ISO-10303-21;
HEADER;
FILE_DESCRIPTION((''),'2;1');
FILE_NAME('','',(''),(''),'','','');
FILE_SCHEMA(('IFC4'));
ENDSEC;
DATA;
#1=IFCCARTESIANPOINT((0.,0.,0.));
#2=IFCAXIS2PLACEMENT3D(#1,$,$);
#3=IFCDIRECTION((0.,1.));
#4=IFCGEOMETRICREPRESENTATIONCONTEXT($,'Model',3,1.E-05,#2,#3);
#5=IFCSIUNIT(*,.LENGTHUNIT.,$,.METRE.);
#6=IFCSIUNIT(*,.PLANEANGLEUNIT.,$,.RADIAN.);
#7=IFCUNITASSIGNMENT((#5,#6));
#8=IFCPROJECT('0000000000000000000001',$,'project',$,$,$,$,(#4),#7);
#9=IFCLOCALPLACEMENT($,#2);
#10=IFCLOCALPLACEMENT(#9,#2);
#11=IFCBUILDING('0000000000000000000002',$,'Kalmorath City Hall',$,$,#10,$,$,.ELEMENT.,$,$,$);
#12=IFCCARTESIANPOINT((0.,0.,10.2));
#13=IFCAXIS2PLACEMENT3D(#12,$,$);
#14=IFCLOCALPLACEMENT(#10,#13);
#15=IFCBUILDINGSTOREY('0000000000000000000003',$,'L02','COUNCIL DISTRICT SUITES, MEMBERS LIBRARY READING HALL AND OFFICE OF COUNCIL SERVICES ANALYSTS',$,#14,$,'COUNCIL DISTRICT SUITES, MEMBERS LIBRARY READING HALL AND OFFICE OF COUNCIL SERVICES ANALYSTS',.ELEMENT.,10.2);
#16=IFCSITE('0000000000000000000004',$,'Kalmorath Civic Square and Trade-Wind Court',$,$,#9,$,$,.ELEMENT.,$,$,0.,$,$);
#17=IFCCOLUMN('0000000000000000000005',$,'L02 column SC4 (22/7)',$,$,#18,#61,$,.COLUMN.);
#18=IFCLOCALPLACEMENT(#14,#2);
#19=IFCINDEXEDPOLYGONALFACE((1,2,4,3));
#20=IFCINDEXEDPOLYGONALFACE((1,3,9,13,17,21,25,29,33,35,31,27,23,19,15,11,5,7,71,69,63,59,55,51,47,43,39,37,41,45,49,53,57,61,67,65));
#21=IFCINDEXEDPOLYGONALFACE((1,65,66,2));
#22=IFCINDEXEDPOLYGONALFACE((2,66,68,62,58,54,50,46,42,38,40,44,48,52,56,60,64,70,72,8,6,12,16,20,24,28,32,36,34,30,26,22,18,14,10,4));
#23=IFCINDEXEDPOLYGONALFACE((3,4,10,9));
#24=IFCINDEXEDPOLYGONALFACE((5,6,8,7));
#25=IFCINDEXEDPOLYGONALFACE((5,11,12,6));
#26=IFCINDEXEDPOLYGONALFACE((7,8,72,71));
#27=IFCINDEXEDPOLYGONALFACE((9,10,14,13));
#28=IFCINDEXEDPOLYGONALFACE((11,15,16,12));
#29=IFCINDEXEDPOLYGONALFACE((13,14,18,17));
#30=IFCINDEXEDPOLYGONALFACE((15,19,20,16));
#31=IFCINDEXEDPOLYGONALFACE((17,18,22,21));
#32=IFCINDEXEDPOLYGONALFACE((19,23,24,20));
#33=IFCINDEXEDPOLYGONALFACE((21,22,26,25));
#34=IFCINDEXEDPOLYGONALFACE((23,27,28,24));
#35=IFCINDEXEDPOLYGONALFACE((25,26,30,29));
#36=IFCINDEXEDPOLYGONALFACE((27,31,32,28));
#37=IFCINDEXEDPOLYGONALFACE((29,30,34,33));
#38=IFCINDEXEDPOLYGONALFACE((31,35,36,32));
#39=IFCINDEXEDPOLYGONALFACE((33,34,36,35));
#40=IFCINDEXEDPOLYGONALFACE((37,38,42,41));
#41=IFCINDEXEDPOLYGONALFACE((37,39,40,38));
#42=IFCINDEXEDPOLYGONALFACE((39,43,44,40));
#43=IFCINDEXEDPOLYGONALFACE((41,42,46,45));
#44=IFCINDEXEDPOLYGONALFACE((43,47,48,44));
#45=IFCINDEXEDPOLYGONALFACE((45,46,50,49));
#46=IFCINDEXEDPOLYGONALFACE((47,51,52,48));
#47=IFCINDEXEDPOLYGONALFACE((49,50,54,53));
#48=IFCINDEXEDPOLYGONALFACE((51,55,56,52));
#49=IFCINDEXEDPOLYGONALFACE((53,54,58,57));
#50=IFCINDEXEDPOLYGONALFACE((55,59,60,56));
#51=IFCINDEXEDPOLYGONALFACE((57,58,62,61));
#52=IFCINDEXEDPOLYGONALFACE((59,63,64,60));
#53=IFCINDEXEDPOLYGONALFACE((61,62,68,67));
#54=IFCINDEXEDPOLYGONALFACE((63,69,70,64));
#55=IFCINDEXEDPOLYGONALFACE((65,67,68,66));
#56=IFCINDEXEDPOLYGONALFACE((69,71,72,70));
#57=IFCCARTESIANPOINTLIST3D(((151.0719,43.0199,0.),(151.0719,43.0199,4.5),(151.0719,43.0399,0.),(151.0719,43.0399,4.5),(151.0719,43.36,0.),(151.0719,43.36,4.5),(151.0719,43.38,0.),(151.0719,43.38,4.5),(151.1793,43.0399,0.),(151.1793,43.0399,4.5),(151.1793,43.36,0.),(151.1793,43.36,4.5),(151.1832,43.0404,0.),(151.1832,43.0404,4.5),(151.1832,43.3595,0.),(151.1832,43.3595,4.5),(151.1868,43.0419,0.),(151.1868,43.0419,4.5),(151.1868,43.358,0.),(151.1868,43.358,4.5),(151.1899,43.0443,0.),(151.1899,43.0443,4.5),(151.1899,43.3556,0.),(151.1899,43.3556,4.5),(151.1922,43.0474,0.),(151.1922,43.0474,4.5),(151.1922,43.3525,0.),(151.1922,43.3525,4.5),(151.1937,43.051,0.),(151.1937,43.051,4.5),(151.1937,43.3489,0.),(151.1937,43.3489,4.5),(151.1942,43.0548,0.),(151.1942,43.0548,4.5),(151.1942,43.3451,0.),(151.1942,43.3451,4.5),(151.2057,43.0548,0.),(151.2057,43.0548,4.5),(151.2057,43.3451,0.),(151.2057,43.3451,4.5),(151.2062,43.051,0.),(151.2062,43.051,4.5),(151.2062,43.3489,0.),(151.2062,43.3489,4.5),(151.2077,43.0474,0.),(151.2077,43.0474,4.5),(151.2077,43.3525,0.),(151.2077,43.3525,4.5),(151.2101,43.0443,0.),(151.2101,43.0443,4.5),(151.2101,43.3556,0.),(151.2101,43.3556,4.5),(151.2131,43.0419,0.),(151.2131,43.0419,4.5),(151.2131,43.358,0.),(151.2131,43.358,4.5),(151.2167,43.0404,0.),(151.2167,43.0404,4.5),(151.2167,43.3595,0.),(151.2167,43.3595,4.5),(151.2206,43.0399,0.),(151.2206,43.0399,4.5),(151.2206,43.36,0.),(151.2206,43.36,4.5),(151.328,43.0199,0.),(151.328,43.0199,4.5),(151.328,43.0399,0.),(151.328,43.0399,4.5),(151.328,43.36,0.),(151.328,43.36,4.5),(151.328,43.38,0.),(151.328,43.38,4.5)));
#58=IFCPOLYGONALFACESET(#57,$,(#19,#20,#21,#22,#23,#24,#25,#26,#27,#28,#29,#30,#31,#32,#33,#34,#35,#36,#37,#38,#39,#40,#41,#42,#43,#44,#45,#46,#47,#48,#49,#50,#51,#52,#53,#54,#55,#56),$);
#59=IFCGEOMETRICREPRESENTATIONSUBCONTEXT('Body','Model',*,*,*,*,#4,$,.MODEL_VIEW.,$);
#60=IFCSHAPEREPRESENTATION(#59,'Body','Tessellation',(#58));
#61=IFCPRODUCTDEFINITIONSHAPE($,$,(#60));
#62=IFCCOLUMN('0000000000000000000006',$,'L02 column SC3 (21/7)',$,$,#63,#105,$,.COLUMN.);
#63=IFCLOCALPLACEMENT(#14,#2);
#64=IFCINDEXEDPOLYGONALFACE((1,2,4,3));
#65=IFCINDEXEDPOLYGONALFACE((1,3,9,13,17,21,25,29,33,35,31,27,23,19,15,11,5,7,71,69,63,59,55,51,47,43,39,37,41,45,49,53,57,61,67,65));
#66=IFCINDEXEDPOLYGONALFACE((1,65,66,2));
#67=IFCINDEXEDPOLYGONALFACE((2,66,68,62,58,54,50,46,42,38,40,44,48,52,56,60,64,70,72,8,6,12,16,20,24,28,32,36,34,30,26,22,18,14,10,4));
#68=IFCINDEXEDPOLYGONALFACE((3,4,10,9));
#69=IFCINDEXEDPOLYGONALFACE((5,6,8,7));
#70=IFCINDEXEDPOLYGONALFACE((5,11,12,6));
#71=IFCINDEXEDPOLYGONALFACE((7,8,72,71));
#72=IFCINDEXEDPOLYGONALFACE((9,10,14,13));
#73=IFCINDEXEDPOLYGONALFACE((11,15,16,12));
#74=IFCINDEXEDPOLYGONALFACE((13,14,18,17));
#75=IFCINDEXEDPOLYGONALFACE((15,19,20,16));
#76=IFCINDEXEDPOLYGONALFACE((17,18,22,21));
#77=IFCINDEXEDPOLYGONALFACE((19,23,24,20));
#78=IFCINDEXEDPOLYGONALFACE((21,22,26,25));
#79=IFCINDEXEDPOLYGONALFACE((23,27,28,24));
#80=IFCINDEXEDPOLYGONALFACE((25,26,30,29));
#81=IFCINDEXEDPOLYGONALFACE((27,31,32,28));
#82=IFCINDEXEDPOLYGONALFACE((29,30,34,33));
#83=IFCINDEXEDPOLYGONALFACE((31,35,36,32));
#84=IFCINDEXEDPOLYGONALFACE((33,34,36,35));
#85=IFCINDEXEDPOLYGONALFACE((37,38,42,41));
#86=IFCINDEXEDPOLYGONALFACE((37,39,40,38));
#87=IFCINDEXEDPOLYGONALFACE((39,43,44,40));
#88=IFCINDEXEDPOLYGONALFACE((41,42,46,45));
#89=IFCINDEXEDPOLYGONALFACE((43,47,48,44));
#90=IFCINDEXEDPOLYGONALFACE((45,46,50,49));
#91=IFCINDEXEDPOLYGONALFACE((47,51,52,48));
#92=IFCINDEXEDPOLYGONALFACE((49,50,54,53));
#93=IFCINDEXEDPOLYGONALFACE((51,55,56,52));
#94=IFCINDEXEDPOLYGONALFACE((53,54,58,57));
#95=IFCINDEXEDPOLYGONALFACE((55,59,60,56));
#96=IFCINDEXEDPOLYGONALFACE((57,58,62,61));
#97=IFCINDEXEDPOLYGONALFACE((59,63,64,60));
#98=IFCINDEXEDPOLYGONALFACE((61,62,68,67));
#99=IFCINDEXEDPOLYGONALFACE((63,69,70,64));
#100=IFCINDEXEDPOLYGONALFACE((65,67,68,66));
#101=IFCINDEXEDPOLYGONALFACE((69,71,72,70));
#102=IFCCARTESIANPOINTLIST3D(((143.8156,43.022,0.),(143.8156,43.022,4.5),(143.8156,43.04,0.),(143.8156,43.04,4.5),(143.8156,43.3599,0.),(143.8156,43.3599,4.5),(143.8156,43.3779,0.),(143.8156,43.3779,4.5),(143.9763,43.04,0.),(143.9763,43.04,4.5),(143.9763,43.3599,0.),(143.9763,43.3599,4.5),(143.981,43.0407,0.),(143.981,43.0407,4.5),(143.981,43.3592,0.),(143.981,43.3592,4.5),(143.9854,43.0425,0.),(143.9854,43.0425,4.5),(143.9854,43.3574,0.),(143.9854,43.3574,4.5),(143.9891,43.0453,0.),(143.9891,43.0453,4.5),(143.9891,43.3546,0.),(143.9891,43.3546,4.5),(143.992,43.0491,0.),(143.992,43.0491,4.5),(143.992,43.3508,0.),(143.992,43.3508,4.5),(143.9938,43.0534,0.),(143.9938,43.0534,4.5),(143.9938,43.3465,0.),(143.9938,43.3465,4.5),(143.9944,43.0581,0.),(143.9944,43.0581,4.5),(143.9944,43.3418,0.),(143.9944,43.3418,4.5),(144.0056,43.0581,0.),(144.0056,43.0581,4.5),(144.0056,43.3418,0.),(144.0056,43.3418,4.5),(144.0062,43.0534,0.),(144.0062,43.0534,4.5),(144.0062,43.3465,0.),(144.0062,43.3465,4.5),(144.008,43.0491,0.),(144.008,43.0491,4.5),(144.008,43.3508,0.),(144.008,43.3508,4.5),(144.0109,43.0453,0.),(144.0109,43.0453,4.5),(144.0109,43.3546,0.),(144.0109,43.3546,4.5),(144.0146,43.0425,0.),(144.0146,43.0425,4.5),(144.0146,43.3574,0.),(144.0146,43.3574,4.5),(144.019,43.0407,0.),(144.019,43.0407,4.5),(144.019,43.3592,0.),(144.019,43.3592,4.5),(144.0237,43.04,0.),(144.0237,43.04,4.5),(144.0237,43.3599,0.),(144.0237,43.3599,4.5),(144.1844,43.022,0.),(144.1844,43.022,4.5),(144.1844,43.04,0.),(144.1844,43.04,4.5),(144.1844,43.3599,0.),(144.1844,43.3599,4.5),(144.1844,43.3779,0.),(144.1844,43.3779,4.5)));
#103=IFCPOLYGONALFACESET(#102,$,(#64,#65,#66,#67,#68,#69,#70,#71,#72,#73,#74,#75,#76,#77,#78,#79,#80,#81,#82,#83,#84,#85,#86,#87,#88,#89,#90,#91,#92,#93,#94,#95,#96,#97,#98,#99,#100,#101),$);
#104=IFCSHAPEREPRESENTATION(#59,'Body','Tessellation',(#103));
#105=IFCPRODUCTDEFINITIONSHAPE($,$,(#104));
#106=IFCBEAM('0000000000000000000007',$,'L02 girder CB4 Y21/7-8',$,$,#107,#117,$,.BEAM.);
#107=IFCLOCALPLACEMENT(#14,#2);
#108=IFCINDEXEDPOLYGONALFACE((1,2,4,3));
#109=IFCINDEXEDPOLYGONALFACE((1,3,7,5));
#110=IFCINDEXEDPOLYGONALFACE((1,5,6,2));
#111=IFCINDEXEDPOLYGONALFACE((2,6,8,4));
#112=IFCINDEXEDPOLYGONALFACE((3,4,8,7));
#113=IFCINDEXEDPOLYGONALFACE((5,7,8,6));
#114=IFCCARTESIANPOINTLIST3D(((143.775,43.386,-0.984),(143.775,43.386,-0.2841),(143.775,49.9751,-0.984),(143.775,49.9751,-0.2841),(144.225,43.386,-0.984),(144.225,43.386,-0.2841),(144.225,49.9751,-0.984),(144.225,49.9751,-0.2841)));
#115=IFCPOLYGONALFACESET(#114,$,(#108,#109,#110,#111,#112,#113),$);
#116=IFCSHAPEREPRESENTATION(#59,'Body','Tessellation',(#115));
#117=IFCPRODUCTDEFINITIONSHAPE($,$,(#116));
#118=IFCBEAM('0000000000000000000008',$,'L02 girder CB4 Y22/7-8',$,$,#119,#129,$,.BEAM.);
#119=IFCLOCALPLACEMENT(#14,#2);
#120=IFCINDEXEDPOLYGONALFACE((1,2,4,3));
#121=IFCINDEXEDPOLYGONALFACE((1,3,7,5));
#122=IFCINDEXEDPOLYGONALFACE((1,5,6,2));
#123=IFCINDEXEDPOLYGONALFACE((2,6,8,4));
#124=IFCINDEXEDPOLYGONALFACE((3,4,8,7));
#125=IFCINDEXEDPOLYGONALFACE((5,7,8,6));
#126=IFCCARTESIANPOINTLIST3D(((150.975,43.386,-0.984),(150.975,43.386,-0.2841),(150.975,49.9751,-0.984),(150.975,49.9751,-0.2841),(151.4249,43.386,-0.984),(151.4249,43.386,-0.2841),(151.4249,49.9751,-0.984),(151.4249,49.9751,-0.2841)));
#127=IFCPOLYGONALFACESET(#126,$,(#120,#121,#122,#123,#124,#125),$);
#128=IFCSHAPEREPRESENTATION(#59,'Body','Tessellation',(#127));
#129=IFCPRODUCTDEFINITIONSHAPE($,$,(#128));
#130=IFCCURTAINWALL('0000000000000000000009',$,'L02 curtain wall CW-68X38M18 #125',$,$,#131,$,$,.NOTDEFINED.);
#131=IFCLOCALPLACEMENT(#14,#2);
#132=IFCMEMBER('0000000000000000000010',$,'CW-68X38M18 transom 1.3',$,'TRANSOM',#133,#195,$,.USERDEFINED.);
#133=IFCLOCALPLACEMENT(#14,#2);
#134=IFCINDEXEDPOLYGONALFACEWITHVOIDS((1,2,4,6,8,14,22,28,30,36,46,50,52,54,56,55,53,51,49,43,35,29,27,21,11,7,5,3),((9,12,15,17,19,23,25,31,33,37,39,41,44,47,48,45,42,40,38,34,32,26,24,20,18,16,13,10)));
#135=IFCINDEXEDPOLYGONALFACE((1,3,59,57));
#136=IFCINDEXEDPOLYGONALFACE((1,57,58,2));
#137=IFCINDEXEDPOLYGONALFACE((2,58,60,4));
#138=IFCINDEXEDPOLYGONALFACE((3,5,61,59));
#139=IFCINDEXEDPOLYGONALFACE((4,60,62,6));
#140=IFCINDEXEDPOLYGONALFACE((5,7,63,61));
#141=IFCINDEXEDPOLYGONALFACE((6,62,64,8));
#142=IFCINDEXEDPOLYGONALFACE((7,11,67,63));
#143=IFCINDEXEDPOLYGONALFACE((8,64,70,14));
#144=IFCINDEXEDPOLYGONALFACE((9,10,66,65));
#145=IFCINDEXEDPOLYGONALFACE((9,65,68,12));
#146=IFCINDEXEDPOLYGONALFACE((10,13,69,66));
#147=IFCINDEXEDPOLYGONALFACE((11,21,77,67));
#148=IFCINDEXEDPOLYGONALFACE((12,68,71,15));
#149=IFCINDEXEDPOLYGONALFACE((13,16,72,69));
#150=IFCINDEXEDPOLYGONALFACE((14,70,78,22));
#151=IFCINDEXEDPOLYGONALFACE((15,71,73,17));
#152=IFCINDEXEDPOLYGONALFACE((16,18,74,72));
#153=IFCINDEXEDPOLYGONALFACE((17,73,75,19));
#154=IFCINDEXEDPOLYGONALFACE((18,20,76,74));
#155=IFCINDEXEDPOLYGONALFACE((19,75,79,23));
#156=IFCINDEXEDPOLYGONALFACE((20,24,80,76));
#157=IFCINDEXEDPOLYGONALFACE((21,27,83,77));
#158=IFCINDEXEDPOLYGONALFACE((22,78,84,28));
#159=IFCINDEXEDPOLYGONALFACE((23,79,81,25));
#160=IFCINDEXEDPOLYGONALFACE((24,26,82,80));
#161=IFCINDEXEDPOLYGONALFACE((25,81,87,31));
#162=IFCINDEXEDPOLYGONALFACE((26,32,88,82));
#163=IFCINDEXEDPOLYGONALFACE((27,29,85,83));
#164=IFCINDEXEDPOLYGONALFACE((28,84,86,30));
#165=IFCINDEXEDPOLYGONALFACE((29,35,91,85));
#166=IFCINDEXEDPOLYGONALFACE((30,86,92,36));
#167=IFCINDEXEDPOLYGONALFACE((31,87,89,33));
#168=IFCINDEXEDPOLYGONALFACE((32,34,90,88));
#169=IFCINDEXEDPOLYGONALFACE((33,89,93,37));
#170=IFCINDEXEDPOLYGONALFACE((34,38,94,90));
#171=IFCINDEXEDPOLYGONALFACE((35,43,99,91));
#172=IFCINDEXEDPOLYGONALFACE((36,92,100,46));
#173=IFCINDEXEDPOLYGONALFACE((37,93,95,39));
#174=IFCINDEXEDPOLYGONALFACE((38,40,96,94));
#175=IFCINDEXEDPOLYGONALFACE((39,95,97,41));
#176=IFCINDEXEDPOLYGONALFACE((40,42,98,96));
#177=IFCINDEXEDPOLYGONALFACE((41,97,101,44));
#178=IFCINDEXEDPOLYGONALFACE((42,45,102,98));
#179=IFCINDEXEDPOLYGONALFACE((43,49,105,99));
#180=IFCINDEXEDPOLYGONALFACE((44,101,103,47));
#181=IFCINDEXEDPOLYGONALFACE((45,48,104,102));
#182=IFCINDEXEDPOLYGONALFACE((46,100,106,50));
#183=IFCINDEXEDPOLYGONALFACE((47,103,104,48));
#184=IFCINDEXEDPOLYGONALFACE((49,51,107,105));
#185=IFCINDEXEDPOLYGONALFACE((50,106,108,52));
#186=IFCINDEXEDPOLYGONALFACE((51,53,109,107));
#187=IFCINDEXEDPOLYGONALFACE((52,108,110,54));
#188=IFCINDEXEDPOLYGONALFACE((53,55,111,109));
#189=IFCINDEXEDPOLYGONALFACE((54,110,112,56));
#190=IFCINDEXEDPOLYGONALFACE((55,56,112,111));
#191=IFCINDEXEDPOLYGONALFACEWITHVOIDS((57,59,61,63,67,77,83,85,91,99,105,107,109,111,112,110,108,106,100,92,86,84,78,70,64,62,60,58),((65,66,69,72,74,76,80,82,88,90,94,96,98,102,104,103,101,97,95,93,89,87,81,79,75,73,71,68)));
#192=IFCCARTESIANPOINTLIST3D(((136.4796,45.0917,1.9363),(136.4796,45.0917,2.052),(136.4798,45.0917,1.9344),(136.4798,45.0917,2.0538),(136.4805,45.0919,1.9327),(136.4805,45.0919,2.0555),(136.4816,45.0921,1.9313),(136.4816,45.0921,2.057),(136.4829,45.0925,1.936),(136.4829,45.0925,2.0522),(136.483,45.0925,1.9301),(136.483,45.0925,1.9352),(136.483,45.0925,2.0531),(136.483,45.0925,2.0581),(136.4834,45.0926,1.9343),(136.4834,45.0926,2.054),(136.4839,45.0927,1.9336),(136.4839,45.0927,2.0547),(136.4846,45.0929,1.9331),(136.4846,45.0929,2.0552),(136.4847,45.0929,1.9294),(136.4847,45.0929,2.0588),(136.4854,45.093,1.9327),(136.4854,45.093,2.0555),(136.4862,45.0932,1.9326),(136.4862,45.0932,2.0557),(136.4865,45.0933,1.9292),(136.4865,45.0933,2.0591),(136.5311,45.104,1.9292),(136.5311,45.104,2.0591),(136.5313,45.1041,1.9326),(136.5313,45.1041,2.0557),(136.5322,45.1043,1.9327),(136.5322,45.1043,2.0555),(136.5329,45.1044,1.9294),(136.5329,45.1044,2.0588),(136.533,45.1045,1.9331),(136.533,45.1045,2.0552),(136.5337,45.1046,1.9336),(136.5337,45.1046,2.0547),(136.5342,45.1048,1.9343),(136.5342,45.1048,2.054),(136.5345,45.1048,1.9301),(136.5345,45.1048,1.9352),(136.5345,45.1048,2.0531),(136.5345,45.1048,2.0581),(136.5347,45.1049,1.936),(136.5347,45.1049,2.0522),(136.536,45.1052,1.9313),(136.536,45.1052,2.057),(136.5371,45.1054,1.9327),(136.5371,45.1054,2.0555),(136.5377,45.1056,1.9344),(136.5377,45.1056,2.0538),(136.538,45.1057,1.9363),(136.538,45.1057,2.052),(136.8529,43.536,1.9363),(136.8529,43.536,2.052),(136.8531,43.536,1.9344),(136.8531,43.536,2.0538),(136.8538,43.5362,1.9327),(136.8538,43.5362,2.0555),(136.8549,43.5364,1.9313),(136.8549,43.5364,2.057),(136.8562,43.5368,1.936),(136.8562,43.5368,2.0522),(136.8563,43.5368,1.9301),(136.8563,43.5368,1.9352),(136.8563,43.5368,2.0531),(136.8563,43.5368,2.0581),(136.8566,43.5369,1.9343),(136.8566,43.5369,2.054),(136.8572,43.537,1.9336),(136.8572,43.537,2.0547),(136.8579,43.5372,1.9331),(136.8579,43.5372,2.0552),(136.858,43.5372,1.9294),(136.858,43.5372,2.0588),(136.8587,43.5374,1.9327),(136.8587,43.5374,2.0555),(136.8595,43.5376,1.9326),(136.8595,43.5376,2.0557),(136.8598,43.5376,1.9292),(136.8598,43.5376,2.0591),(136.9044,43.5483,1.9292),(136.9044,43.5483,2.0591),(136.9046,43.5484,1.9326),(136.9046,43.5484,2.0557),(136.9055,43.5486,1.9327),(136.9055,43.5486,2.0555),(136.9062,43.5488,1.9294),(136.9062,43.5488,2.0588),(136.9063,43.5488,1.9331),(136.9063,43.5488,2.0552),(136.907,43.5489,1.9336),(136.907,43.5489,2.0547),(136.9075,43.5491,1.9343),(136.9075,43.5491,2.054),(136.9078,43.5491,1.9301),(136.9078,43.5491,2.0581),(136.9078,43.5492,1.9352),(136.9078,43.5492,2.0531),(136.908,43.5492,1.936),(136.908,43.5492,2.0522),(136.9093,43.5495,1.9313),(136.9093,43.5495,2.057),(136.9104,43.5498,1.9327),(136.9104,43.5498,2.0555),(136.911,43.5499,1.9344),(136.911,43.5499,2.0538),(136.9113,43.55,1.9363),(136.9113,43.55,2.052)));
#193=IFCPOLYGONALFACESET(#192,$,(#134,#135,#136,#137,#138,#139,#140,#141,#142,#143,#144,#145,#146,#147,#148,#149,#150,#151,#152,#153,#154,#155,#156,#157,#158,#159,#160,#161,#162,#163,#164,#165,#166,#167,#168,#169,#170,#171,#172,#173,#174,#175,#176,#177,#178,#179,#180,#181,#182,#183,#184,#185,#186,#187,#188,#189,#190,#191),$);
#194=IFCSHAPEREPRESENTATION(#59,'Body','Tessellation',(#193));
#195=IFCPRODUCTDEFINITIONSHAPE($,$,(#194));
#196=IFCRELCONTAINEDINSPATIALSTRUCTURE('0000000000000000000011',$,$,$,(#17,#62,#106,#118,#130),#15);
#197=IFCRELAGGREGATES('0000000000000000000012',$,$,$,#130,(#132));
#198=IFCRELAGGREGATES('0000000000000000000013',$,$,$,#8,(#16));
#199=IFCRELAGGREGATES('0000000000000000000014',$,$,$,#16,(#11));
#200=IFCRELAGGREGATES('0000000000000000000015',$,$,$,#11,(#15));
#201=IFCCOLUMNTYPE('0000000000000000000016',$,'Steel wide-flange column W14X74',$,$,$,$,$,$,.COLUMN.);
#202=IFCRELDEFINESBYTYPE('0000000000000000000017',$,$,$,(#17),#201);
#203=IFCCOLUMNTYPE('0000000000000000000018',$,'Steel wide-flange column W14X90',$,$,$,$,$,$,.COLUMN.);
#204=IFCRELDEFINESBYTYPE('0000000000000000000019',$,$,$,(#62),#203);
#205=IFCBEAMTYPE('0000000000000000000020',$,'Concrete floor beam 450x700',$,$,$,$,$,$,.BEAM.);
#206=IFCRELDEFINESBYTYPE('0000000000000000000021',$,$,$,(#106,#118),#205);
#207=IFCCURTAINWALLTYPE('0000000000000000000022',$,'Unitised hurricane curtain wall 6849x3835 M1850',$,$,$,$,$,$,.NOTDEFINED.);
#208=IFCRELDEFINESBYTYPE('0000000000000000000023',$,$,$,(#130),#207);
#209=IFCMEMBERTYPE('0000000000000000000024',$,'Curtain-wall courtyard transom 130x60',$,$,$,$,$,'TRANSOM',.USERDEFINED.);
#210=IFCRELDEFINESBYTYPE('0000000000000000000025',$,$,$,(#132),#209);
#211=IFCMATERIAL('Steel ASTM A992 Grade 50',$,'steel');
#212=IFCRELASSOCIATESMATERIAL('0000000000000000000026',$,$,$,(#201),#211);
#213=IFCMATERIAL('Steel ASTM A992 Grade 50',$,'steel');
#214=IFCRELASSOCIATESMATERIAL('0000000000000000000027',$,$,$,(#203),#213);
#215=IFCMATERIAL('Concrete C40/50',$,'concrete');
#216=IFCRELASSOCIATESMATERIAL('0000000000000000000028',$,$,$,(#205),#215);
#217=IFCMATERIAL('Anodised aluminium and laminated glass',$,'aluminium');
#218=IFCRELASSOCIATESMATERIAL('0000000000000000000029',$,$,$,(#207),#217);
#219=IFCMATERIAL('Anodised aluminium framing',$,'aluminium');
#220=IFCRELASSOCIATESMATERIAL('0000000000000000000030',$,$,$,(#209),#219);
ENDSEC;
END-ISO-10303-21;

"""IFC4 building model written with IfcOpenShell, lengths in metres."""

from ifc_helpers import new_model, si_unit, direction, frame, origin, origin_2d, place, context, subcontext, project, spatial, rectangle, hollow_rectangle, i_section, extrude, material, material_profile, profile_set, type_object, element, aggregate, save


model = new_model("IFC4")

# Units and contexts
model_context = context("Model", 3, precision=1e-05, world=origin(), true_north=direction((0.0, 1.0)))
body_context = subcontext(model_context, "Body", "Model", "MODEL_VIEW")
ifc_project = project(units=[si_unit("LENGTHUNIT", "METRE"), si_unit("PLANEANGLEUNIT", "RADIAN")], contexts=[model_context])

# Site, building, storey
site_placement = place(None, origin())
site = spatial("IfcSite", under=ifc_project, at=site_placement, Name="Kalmorath Civic Square and Trade-Wind Court", CompositionType="ELEMENT", RefElevation=0.0)
building_placement = place(site_placement, origin())
building = spatial("IfcBuilding", under=site, at=building_placement, Name="Kalmorath City Hall", CompositionType="ELEMENT")
storey_placement = place(building_placement, frame((0.0, 0.0, 10.2)))
storey = spatial("IfcBuildingStorey", under=building, at=storey_placement, Name="L02", Description="COUNCIL DISTRICT SUITES, MEMBERS LIBRARY READING HALL AND OFFICE OF COUNCIL SERVICES ANALYSTS", LongName="COUNCIL DISTRICT SUITES, MEMBERS LIBRARY READING HALL AND OFFICE OF COUNCIL SERVICES ANALYSTS", CompositionType="ELEMENT", Elevation=10.2)

# Columns
ifc_material_1 = material(Name="Steel ASTM A992 Grade 50", Category="steel")
ifc_material_profile_1 = material_profile(ifc_material_1, i_section(OverallWidth=0.2561, OverallDepth=0.3601, WebThickness=0.0115, FlangeThickness=0.02, FilletRadius=0.0149, at=origin_2d()), Name="W14X74")
ifc_profile_set_1 = profile_set([ifc_material_profile_1], Name="Steel ASTM A992 Grade 50")
column_type_1 = type_object("IfcColumnType", Name="Steel wide-flange column W14X74", PredefinedType="COLUMN", material=ifc_profile_set_1)
column_1_placement = place(storey_placement, frame((151.2, 43.2, 0.0), z_axis=(0.0, 0.0, 1.0), x_axis=(1.0, 0.0, 0.0)))
element("IfcColumn", 1, at=column_1_placement, inside=storey, type_object=column_type_1, Name="L02 column SC4 (22/7)", PredefinedType="COLUMN", context=body_context, shape_type="SweptSolid", body=[
    extrude(i_section(OverallWidth=0.2561, OverallDepth=0.3601, WebThickness=0.0115, FlangeThickness=0.02, FilletRadius=0.0149, at=origin_2d()), origin(), (0.0, 0.0, 1.0), 4.5),
])
ifc_material_2 = material(Name="Steel ASTM A992 Grade 50", Category="steel")
ifc_material_profile_2 = material_profile(ifc_material_2, i_section(OverallWidth=0.3689, OverallDepth=0.356, WebThickness=0.0112, FlangeThickness=0.0181, FilletRadius=0.0181, at=origin_2d()), Name="W14X90")
ifc_profile_set_2 = profile_set([ifc_material_profile_2], Name="Steel ASTM A992 Grade 50")
column_type_2 = type_object("IfcColumnType", Name="Steel wide-flange column W14X90", PredefinedType="COLUMN", material=ifc_profile_set_2)
column_2_placement = place(storey_placement, frame((144.0, 43.2, 0.0), z_axis=(0.0, 0.0, 1.0), x_axis=(1.0, 0.0, 0.0)))
element("IfcColumn", 2, at=column_2_placement, inside=storey, type_object=column_type_2, Name="L02 column SC3 (21/7)", PredefinedType="COLUMN", context=body_context, shape_type="SweptSolid", body=[
    extrude(i_section(OverallWidth=0.3689, OverallDepth=0.356, WebThickness=0.0112, FlangeThickness=0.0181, FilletRadius=0.0181, at=origin_2d()), origin(), (0.0, 0.0, 1.0), 4.5),
])

# Beams
ifc_material_3 = material(Name="Concrete C40/50", Category="concrete")
ifc_material_profile_3 = material_profile(ifc_material_3, rectangle(XDim=0.45, YDim=0.7, at=origin_2d()), Name="RC-BM-450X700")
ifc_profile_set_3 = profile_set([ifc_material_profile_3], Name="Concrete C40/50")
beam_type_1 = type_object("IfcBeamType", Name="Concrete floor beam 450x700", PredefinedType="BEAM", material=ifc_profile_set_3)
for number, where, z_axis, x_axis, name in (
    (3, (144.0, 43.386, -0.634), (0.0, 1.0, 0.0), (-1.0, 0.0, 0.0), "L02 girder CB4 Y21/7-8"),
    (4, (151.2, 43.386, -0.634), (0.0, 1.0, 0.0), (-1.0, 0.0, 0.0), "L02 girder CB4 Y22/7-8"),
):
    element("IfcBeam", number, at=place(storey_placement, frame(where, z_axis=z_axis, x_axis=x_axis)), inside=storey, type_object=beam_type_1, Name=name, PredefinedType="BEAM", context=body_context, shape_type="SweptSolid", body=[
        extrude(rectangle(XDim=0.45, YDim=0.7, at=origin_2d()), origin(), (0.0, 0.0, 1.0), 6.5891),
    ])

# Curtain wall, member
ifc_material_4 = material(Name="Anodised aluminium and laminated glass", Category="aluminium")
curtain_wall_type = type_object("IfcCurtainWallType", Name="Unitised hurricane curtain wall 6849x3835 M1850", PredefinedType="NOTDEFINED", material=ifc_material_4)
curtain_wall_placement = place(storey_placement, origin())
curtain_wall = element("IfcCurtainWall", 5, at=curtain_wall_placement, inside=storey, type_object=curtain_wall_type, Name="L02 curtain wall CW-68X38M18 #125", PredefinedType="NOTDEFINED")
ifc_material_5 = material(Name="Anodised aluminium framing", Category="aluminium")
ifc_material_profile_4 = material_profile(ifc_material_5, hollow_rectangle(XDim=0.0601, YDim=0.1299, WallThickness=0.0034, InnerFilletRadius=0.0034, OuterFilletRadius=0.0071, at=origin_2d()), Name="ALU-TRN-130X60X3.5")
ifc_profile_set_4 = profile_set([ifc_material_profile_4], Name="Anodised aluminium framing")
member_type_1 = type_object("IfcMemberType", Name="Curtain-wall courtyard transom 130x60", ElementType="TRANSOM", PredefinedType="USERDEFINED", material=ifc_profile_set_4)
member_1_placement = place(storey_placement, frame((136.8821, 43.543, 1.9941), z_axis=(-0.233333, 0.972397, 0.0), x_axis=(-0.972397, -0.233333, 0.0)))
member_1 = element("IfcMember", 6, at=member_1_placement, type_object=member_type_1, Name="CW-68X38M18 transom 1.3", ObjectType="TRANSOM", PredefinedType="USERDEFINED", context=body_context, shape_type="SweptSolid", body=[
    extrude(hollow_rectangle(XDim=0.0601, YDim=0.1299, WallThickness=0.0034, InnerFilletRadius=0.0034, OuterFilletRadius=0.0071, at=origin_2d()), origin(), (0.0, 0.0, 1.0), 1.5999),
])
aggregate(curtain_wall, [member_1])

save(model, "model.ifc")
